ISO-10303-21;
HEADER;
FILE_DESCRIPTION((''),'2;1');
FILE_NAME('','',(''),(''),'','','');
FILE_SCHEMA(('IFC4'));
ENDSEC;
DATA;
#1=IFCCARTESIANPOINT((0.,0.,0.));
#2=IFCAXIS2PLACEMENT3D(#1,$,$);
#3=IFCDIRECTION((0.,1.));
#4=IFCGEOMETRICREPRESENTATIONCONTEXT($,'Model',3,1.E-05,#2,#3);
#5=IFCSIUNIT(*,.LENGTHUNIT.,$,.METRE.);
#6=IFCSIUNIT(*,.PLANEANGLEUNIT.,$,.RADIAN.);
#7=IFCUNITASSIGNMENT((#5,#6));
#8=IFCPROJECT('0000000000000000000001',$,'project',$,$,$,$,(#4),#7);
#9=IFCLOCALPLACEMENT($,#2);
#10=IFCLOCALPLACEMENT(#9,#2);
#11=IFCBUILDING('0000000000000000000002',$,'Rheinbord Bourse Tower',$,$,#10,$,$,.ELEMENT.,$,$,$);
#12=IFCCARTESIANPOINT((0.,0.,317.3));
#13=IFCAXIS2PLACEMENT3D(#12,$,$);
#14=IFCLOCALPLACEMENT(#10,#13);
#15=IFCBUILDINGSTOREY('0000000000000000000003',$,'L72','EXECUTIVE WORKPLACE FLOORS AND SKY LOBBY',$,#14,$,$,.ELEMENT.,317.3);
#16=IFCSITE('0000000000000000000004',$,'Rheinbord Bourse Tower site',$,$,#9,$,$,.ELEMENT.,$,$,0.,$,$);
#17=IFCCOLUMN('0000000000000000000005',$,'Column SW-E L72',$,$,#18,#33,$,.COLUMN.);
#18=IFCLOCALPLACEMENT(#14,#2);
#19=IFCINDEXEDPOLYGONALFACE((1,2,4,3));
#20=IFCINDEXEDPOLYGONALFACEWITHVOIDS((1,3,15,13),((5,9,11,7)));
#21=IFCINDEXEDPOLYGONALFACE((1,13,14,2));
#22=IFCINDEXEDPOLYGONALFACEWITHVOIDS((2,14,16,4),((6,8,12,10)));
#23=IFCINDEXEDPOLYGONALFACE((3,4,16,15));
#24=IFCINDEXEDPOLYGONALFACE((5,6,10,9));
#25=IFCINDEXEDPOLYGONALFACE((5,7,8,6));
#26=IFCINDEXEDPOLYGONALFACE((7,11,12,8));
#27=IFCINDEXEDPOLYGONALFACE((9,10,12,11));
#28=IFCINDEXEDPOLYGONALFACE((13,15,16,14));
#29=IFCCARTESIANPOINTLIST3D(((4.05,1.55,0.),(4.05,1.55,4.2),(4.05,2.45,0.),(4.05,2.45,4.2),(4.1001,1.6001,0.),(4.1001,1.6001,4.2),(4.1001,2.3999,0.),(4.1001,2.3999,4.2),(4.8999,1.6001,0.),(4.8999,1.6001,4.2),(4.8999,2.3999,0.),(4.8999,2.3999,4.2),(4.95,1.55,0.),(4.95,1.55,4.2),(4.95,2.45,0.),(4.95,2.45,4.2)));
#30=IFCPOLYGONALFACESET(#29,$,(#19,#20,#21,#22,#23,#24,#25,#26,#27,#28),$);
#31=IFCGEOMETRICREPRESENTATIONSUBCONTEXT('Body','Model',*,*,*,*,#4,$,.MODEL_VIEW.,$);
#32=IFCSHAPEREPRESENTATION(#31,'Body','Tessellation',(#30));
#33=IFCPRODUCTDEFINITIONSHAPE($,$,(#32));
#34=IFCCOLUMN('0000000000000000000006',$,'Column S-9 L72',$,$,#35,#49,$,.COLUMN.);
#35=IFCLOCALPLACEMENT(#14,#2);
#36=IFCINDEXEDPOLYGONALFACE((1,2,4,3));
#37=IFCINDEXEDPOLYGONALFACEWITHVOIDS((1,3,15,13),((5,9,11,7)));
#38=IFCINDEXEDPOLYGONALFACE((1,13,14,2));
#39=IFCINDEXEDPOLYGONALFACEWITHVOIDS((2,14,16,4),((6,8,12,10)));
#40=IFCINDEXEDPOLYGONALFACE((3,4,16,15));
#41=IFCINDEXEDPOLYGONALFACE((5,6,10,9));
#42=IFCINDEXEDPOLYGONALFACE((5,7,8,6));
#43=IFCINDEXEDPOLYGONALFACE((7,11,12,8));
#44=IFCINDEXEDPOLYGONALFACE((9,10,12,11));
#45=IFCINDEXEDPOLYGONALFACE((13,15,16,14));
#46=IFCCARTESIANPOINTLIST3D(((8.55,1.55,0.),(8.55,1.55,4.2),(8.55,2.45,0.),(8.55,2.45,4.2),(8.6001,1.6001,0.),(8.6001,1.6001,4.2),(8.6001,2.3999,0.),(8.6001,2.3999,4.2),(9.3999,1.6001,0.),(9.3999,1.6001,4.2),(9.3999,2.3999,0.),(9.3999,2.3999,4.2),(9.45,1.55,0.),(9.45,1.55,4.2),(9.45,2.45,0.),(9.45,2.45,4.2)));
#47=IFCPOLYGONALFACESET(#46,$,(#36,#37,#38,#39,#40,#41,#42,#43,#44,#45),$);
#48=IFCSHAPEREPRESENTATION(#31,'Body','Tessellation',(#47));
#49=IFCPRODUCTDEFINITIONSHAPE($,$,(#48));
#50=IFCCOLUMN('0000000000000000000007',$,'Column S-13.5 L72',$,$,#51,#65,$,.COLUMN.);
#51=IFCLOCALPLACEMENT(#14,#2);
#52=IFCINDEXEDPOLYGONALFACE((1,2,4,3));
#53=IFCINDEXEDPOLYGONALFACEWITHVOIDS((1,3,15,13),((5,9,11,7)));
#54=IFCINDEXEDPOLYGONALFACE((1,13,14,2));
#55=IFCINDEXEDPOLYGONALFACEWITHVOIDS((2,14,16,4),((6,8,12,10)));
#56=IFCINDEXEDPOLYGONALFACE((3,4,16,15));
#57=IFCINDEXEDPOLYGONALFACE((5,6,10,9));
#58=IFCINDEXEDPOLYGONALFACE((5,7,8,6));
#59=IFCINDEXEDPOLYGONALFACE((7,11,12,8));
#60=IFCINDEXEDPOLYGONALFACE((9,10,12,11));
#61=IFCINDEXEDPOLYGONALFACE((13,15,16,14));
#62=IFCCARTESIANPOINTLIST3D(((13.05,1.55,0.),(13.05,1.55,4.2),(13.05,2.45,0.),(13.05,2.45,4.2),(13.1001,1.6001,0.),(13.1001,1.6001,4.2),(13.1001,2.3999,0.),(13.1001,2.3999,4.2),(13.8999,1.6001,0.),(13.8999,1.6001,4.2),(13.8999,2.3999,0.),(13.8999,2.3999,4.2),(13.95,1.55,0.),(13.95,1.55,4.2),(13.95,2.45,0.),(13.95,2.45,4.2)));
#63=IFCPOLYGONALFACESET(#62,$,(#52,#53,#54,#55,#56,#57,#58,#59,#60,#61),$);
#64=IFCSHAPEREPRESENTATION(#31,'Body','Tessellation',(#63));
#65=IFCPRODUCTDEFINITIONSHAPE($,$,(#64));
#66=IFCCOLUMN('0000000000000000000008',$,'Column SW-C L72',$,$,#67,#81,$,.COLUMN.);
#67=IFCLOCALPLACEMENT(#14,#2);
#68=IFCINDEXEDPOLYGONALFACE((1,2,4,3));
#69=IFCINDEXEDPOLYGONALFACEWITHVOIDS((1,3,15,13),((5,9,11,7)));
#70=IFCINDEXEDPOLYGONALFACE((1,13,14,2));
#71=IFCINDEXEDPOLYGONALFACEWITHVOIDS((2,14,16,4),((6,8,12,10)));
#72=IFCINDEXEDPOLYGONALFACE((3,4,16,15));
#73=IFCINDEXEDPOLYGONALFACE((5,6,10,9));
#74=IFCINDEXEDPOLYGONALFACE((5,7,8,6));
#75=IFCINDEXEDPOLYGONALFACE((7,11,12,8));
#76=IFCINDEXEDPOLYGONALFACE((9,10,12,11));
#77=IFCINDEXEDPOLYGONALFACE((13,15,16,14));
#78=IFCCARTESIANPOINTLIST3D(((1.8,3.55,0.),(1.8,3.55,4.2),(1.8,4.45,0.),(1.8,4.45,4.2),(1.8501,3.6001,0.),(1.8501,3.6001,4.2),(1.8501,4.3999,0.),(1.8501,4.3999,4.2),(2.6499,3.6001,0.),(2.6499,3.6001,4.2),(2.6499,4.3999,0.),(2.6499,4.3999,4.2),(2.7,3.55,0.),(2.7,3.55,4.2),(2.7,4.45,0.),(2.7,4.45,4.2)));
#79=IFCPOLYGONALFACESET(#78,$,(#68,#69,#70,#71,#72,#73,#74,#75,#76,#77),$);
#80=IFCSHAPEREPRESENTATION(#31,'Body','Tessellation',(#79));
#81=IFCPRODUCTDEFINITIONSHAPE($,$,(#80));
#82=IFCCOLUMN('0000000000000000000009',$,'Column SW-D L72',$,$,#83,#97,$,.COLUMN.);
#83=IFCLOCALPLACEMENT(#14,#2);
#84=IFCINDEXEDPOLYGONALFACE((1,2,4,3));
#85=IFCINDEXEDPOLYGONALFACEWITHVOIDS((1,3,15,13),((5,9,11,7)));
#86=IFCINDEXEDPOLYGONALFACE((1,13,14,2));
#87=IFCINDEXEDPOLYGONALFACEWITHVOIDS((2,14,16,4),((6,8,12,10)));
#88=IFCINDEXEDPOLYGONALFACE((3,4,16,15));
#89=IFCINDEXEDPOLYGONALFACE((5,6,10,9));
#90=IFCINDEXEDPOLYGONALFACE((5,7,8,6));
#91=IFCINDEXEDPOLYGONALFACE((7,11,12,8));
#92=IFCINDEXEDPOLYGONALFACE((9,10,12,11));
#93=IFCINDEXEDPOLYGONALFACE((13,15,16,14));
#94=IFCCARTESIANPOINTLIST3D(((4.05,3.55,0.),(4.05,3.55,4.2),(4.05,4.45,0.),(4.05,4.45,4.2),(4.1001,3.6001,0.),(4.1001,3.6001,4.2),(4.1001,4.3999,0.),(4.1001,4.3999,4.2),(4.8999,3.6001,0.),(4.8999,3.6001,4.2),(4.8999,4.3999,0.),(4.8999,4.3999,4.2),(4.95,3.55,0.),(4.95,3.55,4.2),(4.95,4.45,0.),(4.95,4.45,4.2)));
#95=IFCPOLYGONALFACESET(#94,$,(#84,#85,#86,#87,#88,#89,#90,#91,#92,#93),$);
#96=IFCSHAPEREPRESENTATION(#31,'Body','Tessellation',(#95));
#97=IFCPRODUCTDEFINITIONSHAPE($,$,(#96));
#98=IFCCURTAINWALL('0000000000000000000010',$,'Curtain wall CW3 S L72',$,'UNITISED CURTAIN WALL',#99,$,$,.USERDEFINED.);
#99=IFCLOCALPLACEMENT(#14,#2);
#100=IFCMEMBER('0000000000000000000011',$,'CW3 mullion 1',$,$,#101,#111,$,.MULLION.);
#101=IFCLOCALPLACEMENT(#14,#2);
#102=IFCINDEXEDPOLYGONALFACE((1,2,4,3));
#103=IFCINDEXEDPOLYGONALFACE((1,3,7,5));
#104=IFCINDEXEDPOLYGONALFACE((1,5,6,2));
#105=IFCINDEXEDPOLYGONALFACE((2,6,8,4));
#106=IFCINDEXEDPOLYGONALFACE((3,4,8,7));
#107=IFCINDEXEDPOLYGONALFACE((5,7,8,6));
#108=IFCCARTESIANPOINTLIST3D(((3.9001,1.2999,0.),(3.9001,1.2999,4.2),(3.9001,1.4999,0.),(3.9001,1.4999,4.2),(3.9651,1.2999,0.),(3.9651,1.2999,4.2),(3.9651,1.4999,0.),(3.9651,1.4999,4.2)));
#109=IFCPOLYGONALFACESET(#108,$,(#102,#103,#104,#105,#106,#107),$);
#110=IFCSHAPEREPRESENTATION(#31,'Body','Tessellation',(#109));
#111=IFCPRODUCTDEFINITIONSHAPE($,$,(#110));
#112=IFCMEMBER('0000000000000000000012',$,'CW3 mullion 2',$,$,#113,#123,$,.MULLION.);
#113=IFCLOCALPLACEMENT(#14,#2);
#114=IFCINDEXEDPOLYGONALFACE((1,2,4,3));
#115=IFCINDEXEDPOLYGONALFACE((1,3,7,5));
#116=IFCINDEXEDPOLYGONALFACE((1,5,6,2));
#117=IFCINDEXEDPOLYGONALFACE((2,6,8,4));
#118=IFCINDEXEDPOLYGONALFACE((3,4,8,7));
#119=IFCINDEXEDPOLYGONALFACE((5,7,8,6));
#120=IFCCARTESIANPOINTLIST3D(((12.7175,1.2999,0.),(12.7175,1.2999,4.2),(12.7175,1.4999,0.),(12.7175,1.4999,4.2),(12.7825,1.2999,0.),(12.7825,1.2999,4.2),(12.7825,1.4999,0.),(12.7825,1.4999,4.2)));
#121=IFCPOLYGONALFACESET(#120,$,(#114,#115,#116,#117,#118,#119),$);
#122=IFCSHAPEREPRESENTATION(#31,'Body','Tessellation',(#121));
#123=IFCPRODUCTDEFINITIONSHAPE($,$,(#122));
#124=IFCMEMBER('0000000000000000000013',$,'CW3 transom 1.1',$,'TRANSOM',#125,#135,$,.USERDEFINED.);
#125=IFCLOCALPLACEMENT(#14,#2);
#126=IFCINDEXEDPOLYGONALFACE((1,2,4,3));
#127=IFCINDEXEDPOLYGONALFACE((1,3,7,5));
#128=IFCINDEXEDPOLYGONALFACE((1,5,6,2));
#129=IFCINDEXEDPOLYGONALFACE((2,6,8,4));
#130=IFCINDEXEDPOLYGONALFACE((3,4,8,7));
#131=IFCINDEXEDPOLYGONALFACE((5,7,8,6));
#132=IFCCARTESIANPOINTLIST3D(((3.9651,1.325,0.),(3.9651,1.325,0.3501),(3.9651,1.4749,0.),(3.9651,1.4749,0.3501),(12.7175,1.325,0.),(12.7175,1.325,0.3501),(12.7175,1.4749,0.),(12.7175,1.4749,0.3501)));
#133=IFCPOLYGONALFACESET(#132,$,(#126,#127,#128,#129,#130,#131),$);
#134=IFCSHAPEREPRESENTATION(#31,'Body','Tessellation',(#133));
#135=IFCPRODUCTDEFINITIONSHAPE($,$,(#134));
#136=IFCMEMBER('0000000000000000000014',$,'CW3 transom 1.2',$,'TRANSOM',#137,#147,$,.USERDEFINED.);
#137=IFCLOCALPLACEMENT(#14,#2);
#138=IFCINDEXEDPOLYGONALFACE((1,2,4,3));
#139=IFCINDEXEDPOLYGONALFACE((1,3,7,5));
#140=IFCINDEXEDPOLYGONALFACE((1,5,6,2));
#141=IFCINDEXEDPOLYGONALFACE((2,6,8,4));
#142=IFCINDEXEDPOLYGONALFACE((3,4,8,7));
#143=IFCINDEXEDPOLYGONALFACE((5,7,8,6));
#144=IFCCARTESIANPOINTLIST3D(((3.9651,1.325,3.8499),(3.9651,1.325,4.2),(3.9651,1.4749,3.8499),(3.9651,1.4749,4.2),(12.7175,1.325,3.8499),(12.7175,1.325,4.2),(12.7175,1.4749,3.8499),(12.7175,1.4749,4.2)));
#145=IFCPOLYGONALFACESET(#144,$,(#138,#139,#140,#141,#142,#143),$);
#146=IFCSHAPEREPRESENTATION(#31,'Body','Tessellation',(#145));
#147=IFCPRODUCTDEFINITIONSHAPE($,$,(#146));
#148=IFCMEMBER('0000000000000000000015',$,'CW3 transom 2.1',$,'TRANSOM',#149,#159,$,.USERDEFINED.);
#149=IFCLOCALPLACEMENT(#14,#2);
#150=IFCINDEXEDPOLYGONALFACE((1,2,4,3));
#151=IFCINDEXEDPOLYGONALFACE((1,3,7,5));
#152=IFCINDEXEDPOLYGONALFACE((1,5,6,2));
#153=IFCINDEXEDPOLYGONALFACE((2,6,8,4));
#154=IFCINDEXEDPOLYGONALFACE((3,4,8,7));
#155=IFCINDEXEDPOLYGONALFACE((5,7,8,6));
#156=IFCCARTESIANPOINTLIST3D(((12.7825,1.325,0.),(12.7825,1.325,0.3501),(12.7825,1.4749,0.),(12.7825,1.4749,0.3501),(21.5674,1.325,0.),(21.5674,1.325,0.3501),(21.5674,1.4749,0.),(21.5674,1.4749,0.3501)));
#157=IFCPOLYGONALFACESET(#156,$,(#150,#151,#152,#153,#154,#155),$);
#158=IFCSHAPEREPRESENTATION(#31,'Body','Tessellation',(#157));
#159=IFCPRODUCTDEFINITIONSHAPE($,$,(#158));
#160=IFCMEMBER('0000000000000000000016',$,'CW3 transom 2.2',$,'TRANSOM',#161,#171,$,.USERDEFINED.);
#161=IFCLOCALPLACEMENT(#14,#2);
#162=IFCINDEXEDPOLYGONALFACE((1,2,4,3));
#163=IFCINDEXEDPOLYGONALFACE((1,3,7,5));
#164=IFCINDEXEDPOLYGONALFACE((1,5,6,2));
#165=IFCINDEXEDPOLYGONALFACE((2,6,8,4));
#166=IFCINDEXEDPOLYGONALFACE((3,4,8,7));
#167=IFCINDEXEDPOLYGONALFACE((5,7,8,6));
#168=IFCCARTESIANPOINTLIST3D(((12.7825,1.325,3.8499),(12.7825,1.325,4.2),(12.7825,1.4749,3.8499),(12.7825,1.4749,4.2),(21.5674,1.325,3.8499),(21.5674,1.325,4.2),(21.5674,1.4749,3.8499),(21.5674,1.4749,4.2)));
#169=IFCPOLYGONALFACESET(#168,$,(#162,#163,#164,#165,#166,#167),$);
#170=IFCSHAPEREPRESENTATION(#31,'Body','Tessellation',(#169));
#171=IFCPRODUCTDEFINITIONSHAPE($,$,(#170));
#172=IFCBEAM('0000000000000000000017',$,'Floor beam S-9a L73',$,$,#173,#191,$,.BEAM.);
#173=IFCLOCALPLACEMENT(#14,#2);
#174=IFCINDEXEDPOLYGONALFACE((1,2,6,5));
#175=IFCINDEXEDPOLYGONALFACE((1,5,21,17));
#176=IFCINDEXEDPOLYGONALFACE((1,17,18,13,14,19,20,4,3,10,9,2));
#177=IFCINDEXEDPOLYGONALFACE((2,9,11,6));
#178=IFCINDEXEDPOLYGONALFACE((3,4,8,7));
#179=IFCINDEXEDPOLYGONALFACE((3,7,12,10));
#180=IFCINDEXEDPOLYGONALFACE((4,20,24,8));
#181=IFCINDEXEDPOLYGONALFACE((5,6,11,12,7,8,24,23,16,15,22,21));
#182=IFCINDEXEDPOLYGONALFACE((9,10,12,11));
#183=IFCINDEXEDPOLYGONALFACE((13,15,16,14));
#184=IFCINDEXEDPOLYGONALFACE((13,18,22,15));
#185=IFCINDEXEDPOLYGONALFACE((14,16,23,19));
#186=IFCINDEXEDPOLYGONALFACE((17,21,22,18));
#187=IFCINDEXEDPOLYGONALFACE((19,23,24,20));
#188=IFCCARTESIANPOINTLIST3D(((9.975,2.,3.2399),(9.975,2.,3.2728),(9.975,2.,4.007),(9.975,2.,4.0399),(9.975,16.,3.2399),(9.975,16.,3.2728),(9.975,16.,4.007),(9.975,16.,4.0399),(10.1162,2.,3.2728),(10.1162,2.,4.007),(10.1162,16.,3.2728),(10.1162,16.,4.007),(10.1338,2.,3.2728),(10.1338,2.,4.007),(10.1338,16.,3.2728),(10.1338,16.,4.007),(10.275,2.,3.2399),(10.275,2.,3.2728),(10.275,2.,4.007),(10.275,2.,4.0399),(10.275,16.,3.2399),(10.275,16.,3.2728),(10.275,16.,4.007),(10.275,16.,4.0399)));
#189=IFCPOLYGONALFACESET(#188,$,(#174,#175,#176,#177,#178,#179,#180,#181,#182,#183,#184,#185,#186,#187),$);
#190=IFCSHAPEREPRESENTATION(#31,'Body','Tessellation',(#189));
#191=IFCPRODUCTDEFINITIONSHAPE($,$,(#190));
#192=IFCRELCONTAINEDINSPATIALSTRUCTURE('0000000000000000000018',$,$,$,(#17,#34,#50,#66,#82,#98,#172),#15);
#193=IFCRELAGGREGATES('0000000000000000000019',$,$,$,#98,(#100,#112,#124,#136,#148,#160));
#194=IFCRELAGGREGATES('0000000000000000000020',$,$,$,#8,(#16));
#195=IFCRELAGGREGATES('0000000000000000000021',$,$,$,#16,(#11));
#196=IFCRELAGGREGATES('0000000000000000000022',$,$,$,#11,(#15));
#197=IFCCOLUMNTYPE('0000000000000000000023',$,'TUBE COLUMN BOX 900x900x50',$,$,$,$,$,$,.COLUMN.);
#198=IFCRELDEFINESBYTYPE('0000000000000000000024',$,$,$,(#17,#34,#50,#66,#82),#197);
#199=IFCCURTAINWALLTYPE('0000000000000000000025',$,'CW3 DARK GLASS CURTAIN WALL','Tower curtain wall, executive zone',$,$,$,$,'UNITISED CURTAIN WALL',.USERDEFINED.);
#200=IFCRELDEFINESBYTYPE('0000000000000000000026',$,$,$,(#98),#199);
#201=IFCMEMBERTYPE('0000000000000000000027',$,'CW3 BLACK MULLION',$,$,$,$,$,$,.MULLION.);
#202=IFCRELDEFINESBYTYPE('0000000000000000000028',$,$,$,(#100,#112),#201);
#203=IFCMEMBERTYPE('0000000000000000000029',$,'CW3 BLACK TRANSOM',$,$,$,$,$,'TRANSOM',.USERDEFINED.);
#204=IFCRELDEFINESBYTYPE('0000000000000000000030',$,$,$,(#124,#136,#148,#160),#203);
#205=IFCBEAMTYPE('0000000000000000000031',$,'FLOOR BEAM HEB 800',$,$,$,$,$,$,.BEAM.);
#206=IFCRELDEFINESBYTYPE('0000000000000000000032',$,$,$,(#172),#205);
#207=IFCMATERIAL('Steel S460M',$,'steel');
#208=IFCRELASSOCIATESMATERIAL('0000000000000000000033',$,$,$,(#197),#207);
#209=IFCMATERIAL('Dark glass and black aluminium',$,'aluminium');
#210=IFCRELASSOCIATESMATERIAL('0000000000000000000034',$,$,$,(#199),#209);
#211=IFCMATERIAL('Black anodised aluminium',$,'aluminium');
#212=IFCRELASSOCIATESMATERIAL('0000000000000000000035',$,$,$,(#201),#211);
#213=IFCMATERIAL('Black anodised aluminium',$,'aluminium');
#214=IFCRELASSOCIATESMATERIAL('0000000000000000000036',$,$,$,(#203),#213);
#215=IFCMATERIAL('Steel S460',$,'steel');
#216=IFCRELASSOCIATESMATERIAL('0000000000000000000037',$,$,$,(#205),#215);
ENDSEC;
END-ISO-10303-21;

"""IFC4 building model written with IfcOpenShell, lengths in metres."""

from ifc_helpers import new_model, si_unit, direction, frame, origin, origin_2d, place, context, subcontext, project, spatial, rectangle, hollow_rectangle, i_section, extrude, material, material_profile, profile_set, type_object, element, aggregate, save


model = new_model("IFC4")

# Units and contexts
model_context = context("Model", 3, precision=1e-05, world=origin(), true_north=direction((0.0, 1.0)))
body_context = subcontext(model_context, "Body", "Model", "MODEL_VIEW")
ifc_project = project(units=[si_unit("LENGTHUNIT", "METRE"), si_unit("PLANEANGLEUNIT", "RADIAN")], contexts=[model_context])

# Site, building, storey
site_placement = place(None, origin())
site = spatial("IfcSite", under=ifc_project, at=site_placement, Name="Rheinbord Bourse Tower site", CompositionType="ELEMENT", RefElevation=0.0)
building_placement = place(site_placement, origin())
building = spatial("IfcBuilding", under=site, at=building_placement, Name="Rheinbord Bourse Tower", CompositionType="ELEMENT")
storey_placement = place(building_placement, frame((0.0, 0.0, 317.3)))
storey = spatial("IfcBuildingStorey", under=building, at=storey_placement, Name="L72", Description="EXECUTIVE WORKPLACE FLOORS AND SKY LOBBY", CompositionType="ELEMENT", Elevation=317.3)

# Columns
ifc_material_1 = material(Name="Steel S460M", Category="steel")
ifc_material_profile_1 = material_profile(ifc_material_1, hollow_rectangle(XDim=0.8999, YDim=0.8999, WallThickness=0.05, at=origin_2d()), Name="BOX 900x900x50")
ifc_profile_set_1 = profile_set([ifc_material_profile_1], Name="Steel S460M")
column_type = type_object("IfcColumnType", Name="TUBE COLUMN BOX 900x900x50", PredefinedType="COLUMN", material=ifc_profile_set_1)
for number, where, z_axis, x_axis, name in (
    (1, (4.5, 2.0, 0.0), (0.0, 0.0, 1.0), (0.0, 1.0, 0.0), "Column SW-E L72"),
    (2, (9.0, 2.0, 0.0), (0.0, 0.0, 1.0), (0.0, 1.0, 0.0), "Column S-9 L72"),
    (3, (13.5, 2.0, 0.0), (0.0, 0.0, 1.0), (0.0, 1.0, 0.0), "Column S-13.5 L72"),
    (4, (2.25, 4.0, 0.0), (0.0, 0.0, 1.0), (1.0, 0.0, 0.0), "Column SW-C L72"),
    (5, (4.5, 4.0, 0.0), (0.0, 0.0, 1.0), (0.0, 1.0, 0.0), "Column SW-D L72"),
):
    element("IfcColumn", number, at=place(storey_placement, frame(where, z_axis=z_axis, x_axis=x_axis)), inside=storey, type_object=column_type, Name=name, PredefinedType="COLUMN", context=body_context, shape_type="SweptSolid", body=[
        extrude(hollow_rectangle(XDim=0.8999, YDim=0.8999, WallThickness=0.05, at=origin_2d()), origin(), (0.0, 0.0, 1.0), 4.2),
    ])

# Curtain wall, members
ifc_material_2 = material(Name="Dark glass and black aluminium", Category="aluminium")
curtain_wall_type = type_object("IfcCurtainWallType", Name="CW3 DARK GLASS CURTAIN WALL", Description="Tower curtain wall, executive zone", ElementType="UNITISED CURTAIN WALL", PredefinedType="USERDEFINED", material=ifc_material_2)
curtain_wall_placement = place(storey_placement, origin())
curtain_wall = element("IfcCurtainWall", 6, at=curtain_wall_placement, inside=storey, type_object=curtain_wall_type, Name="Curtain wall CW3 S L72", ObjectType="UNITISED CURTAIN WALL", PredefinedType="USERDEFINED")
ifc_material_3 = material(Name="Black anodised aluminium", Category="aluminium")
ifc_material_profile_2 = material_profile(ifc_material_3, rectangle(XDim=0.2, YDim=0.0649, at=origin_2d()), Name="CW3 MULLION 65x200")
ifc_profile_set_2 = profile_set([ifc_material_profile_2], Name="Black anodised aluminium")
member_type_1 = type_object("IfcMemberType", Name="CW3 BLACK MULLION", PredefinedType="MULLION", material=ifc_profile_set_2)
member_1_placement = place(storey_placement, frame((3.9326, 1.3999, 0.0), z_axis=(0.0, 0.0, 1.0), x_axis=(0.0, 1.0, 0.0)))
member_1 = element("IfcMember", 7, at=member_1_placement, type_object=member_type_1, Name="CW3 mullion 1", PredefinedType="MULLION", context=body_context, shape_type="SweptSolid", body=[
    extrude(rectangle(XDim=0.2, YDim=0.0649, at=origin_2d()), origin(), (0.0, 0.0, 1.0), 4.2),
])
member_2_placement = place(storey_placement, frame((12.75, 1.3999, 0.0), z_axis=(0.0, 0.0, 1.0), x_axis=(0.0, 1.0, 0.0)))
member_2 = element("IfcMember", 8, at=member_2_placement, type_object=member_type_1, Name="CW3 mullion 2", PredefinedType="MULLION", context=body_context, shape_type="SweptSolid", body=[
    extrude(rectangle(XDim=0.2, YDim=0.0649, at=origin_2d()), origin(), (0.0, 0.0, 1.0), 4.2),
])
ifc_material_4 = material(Name="Black anodised aluminium", Category="aluminium")
ifc_material_profile_3 = material_profile(ifc_material_4, rectangle(XDim=0.1499, YDim=0.3501, at=origin_2d()), Name="CW3 TRANSOM 350x150")
ifc_profile_set_3 = profile_set([ifc_material_profile_3], Name="Black anodised aluminium")
member_type_2 = type_object("IfcMemberType", Name="CW3 BLACK TRANSOM", ElementType="TRANSOM", PredefinedType="USERDEFINED", material=ifc_profile_set_3)
member_3_placement = place(storey_placement, frame((3.9651, 1.3999, 0.175), z_axis=(1.0, 0.0, 0.0), x_axis=(0.0, 1.0, 0.0)))
member_3 = element("IfcMember", 9, at=member_3_placement, type_object=member_type_2, Name="CW3 transom 1.1", ObjectType="TRANSOM", PredefinedType="USERDEFINED", context=body_context, shape_type="SweptSolid", body=[
    extrude(rectangle(XDim=0.1499, YDim=0.3501, at=origin_2d()), origin(), (0.0, 0.0, 1.0), 8.7524),
])
member_4_placement = place(storey_placement, frame((3.9651, 1.3999, 4.0249), z_axis=(1.0, 0.0, 0.0), x_axis=(0.0, 1.0, 0.0)))
member_4 = element("IfcMember", 10, at=member_4_placement, type_object=member_type_2, Name="CW3 transom 1.2", ObjectType="TRANSOM", PredefinedType="USERDEFINED", context=body_context, shape_type="SweptSolid", body=[
    extrude(rectangle(XDim=0.1499, YDim=0.3501, at=origin_2d()), origin(), (0.0, 0.0, 1.0), 8.7524),
])
member_5_placement = place(storey_placement, frame((12.7825, 1.3999, 0.175), z_axis=(1.0, 0.0, 0.0), x_axis=(0.0, 1.0, 0.0)))
member_5 = element("IfcMember", 11, at=member_5_placement, type_object=member_type_2, Name="CW3 transom 2.1", ObjectType="TRANSOM", PredefinedType="USERDEFINED", context=body_context, shape_type="SweptSolid", body=[
    extrude(rectangle(XDim=0.1499, YDim=0.3501, at=origin_2d()), origin(), (0.0, 0.0, 1.0), 8.7849),
])
member_6_placement = place(storey_placement, frame((12.7825, 1.3999, 4.0249), z_axis=(1.0, 0.0, 0.0), x_axis=(0.0, 1.0, 0.0)))
member_6 = element("IfcMember", 12, at=member_6_placement, type_object=member_type_2, Name="CW3 transom 2.2", ObjectType="TRANSOM", PredefinedType="USERDEFINED", context=body_context, shape_type="SweptSolid", body=[
    extrude(rectangle(XDim=0.1499, YDim=0.3501, at=origin_2d()), origin(), (0.0, 0.0, 1.0), 8.7849),
])

# Beam
ifc_material_5 = material(Name="Steel S460", Category="steel")
ifc_material_profile_4 = material_profile(ifc_material_5, i_section(OverallWidth=0.3, OverallDepth=0.8, WebThickness=0.0176, FlangeThickness=0.033, at=origin_2d()), Name="HEB 800")
ifc_profile_set_4 = profile_set([ifc_material_profile_4], Name="Steel S460")
beam_type_1 = type_object("IfcBeamType", Name="FLOOR BEAM HEB 800", PredefinedType="BEAM", material=ifc_profile_set_4)
for number, where, z_axis, x_axis, name in (
    (13, (10.125, 2.0, 3.6399), (0.0, 1.0, 0.0), (-1.0, 0.0, 0.0), "Floor beam S-9a L73"),
):
    element("IfcBeam", number, at=place(storey_placement, frame(where, z_axis=z_axis, x_axis=x_axis)), inside=storey, type_object=beam_type_1, Name=name, PredefinedType="BEAM", context=body_context, shape_type="SweptSolid", body=[
        extrude(i_section(OverallWidth=0.3, OverallDepth=0.8, WebThickness=0.0176, FlangeThickness=0.033, at=origin_2d()), origin(), (0.0, 0.0, 1.0), 14.0),
    ])

aggregate(curtain_wall, [member_1, member_2, member_3, member_4, member_5, member_6])

save(model, "model.ifc")
